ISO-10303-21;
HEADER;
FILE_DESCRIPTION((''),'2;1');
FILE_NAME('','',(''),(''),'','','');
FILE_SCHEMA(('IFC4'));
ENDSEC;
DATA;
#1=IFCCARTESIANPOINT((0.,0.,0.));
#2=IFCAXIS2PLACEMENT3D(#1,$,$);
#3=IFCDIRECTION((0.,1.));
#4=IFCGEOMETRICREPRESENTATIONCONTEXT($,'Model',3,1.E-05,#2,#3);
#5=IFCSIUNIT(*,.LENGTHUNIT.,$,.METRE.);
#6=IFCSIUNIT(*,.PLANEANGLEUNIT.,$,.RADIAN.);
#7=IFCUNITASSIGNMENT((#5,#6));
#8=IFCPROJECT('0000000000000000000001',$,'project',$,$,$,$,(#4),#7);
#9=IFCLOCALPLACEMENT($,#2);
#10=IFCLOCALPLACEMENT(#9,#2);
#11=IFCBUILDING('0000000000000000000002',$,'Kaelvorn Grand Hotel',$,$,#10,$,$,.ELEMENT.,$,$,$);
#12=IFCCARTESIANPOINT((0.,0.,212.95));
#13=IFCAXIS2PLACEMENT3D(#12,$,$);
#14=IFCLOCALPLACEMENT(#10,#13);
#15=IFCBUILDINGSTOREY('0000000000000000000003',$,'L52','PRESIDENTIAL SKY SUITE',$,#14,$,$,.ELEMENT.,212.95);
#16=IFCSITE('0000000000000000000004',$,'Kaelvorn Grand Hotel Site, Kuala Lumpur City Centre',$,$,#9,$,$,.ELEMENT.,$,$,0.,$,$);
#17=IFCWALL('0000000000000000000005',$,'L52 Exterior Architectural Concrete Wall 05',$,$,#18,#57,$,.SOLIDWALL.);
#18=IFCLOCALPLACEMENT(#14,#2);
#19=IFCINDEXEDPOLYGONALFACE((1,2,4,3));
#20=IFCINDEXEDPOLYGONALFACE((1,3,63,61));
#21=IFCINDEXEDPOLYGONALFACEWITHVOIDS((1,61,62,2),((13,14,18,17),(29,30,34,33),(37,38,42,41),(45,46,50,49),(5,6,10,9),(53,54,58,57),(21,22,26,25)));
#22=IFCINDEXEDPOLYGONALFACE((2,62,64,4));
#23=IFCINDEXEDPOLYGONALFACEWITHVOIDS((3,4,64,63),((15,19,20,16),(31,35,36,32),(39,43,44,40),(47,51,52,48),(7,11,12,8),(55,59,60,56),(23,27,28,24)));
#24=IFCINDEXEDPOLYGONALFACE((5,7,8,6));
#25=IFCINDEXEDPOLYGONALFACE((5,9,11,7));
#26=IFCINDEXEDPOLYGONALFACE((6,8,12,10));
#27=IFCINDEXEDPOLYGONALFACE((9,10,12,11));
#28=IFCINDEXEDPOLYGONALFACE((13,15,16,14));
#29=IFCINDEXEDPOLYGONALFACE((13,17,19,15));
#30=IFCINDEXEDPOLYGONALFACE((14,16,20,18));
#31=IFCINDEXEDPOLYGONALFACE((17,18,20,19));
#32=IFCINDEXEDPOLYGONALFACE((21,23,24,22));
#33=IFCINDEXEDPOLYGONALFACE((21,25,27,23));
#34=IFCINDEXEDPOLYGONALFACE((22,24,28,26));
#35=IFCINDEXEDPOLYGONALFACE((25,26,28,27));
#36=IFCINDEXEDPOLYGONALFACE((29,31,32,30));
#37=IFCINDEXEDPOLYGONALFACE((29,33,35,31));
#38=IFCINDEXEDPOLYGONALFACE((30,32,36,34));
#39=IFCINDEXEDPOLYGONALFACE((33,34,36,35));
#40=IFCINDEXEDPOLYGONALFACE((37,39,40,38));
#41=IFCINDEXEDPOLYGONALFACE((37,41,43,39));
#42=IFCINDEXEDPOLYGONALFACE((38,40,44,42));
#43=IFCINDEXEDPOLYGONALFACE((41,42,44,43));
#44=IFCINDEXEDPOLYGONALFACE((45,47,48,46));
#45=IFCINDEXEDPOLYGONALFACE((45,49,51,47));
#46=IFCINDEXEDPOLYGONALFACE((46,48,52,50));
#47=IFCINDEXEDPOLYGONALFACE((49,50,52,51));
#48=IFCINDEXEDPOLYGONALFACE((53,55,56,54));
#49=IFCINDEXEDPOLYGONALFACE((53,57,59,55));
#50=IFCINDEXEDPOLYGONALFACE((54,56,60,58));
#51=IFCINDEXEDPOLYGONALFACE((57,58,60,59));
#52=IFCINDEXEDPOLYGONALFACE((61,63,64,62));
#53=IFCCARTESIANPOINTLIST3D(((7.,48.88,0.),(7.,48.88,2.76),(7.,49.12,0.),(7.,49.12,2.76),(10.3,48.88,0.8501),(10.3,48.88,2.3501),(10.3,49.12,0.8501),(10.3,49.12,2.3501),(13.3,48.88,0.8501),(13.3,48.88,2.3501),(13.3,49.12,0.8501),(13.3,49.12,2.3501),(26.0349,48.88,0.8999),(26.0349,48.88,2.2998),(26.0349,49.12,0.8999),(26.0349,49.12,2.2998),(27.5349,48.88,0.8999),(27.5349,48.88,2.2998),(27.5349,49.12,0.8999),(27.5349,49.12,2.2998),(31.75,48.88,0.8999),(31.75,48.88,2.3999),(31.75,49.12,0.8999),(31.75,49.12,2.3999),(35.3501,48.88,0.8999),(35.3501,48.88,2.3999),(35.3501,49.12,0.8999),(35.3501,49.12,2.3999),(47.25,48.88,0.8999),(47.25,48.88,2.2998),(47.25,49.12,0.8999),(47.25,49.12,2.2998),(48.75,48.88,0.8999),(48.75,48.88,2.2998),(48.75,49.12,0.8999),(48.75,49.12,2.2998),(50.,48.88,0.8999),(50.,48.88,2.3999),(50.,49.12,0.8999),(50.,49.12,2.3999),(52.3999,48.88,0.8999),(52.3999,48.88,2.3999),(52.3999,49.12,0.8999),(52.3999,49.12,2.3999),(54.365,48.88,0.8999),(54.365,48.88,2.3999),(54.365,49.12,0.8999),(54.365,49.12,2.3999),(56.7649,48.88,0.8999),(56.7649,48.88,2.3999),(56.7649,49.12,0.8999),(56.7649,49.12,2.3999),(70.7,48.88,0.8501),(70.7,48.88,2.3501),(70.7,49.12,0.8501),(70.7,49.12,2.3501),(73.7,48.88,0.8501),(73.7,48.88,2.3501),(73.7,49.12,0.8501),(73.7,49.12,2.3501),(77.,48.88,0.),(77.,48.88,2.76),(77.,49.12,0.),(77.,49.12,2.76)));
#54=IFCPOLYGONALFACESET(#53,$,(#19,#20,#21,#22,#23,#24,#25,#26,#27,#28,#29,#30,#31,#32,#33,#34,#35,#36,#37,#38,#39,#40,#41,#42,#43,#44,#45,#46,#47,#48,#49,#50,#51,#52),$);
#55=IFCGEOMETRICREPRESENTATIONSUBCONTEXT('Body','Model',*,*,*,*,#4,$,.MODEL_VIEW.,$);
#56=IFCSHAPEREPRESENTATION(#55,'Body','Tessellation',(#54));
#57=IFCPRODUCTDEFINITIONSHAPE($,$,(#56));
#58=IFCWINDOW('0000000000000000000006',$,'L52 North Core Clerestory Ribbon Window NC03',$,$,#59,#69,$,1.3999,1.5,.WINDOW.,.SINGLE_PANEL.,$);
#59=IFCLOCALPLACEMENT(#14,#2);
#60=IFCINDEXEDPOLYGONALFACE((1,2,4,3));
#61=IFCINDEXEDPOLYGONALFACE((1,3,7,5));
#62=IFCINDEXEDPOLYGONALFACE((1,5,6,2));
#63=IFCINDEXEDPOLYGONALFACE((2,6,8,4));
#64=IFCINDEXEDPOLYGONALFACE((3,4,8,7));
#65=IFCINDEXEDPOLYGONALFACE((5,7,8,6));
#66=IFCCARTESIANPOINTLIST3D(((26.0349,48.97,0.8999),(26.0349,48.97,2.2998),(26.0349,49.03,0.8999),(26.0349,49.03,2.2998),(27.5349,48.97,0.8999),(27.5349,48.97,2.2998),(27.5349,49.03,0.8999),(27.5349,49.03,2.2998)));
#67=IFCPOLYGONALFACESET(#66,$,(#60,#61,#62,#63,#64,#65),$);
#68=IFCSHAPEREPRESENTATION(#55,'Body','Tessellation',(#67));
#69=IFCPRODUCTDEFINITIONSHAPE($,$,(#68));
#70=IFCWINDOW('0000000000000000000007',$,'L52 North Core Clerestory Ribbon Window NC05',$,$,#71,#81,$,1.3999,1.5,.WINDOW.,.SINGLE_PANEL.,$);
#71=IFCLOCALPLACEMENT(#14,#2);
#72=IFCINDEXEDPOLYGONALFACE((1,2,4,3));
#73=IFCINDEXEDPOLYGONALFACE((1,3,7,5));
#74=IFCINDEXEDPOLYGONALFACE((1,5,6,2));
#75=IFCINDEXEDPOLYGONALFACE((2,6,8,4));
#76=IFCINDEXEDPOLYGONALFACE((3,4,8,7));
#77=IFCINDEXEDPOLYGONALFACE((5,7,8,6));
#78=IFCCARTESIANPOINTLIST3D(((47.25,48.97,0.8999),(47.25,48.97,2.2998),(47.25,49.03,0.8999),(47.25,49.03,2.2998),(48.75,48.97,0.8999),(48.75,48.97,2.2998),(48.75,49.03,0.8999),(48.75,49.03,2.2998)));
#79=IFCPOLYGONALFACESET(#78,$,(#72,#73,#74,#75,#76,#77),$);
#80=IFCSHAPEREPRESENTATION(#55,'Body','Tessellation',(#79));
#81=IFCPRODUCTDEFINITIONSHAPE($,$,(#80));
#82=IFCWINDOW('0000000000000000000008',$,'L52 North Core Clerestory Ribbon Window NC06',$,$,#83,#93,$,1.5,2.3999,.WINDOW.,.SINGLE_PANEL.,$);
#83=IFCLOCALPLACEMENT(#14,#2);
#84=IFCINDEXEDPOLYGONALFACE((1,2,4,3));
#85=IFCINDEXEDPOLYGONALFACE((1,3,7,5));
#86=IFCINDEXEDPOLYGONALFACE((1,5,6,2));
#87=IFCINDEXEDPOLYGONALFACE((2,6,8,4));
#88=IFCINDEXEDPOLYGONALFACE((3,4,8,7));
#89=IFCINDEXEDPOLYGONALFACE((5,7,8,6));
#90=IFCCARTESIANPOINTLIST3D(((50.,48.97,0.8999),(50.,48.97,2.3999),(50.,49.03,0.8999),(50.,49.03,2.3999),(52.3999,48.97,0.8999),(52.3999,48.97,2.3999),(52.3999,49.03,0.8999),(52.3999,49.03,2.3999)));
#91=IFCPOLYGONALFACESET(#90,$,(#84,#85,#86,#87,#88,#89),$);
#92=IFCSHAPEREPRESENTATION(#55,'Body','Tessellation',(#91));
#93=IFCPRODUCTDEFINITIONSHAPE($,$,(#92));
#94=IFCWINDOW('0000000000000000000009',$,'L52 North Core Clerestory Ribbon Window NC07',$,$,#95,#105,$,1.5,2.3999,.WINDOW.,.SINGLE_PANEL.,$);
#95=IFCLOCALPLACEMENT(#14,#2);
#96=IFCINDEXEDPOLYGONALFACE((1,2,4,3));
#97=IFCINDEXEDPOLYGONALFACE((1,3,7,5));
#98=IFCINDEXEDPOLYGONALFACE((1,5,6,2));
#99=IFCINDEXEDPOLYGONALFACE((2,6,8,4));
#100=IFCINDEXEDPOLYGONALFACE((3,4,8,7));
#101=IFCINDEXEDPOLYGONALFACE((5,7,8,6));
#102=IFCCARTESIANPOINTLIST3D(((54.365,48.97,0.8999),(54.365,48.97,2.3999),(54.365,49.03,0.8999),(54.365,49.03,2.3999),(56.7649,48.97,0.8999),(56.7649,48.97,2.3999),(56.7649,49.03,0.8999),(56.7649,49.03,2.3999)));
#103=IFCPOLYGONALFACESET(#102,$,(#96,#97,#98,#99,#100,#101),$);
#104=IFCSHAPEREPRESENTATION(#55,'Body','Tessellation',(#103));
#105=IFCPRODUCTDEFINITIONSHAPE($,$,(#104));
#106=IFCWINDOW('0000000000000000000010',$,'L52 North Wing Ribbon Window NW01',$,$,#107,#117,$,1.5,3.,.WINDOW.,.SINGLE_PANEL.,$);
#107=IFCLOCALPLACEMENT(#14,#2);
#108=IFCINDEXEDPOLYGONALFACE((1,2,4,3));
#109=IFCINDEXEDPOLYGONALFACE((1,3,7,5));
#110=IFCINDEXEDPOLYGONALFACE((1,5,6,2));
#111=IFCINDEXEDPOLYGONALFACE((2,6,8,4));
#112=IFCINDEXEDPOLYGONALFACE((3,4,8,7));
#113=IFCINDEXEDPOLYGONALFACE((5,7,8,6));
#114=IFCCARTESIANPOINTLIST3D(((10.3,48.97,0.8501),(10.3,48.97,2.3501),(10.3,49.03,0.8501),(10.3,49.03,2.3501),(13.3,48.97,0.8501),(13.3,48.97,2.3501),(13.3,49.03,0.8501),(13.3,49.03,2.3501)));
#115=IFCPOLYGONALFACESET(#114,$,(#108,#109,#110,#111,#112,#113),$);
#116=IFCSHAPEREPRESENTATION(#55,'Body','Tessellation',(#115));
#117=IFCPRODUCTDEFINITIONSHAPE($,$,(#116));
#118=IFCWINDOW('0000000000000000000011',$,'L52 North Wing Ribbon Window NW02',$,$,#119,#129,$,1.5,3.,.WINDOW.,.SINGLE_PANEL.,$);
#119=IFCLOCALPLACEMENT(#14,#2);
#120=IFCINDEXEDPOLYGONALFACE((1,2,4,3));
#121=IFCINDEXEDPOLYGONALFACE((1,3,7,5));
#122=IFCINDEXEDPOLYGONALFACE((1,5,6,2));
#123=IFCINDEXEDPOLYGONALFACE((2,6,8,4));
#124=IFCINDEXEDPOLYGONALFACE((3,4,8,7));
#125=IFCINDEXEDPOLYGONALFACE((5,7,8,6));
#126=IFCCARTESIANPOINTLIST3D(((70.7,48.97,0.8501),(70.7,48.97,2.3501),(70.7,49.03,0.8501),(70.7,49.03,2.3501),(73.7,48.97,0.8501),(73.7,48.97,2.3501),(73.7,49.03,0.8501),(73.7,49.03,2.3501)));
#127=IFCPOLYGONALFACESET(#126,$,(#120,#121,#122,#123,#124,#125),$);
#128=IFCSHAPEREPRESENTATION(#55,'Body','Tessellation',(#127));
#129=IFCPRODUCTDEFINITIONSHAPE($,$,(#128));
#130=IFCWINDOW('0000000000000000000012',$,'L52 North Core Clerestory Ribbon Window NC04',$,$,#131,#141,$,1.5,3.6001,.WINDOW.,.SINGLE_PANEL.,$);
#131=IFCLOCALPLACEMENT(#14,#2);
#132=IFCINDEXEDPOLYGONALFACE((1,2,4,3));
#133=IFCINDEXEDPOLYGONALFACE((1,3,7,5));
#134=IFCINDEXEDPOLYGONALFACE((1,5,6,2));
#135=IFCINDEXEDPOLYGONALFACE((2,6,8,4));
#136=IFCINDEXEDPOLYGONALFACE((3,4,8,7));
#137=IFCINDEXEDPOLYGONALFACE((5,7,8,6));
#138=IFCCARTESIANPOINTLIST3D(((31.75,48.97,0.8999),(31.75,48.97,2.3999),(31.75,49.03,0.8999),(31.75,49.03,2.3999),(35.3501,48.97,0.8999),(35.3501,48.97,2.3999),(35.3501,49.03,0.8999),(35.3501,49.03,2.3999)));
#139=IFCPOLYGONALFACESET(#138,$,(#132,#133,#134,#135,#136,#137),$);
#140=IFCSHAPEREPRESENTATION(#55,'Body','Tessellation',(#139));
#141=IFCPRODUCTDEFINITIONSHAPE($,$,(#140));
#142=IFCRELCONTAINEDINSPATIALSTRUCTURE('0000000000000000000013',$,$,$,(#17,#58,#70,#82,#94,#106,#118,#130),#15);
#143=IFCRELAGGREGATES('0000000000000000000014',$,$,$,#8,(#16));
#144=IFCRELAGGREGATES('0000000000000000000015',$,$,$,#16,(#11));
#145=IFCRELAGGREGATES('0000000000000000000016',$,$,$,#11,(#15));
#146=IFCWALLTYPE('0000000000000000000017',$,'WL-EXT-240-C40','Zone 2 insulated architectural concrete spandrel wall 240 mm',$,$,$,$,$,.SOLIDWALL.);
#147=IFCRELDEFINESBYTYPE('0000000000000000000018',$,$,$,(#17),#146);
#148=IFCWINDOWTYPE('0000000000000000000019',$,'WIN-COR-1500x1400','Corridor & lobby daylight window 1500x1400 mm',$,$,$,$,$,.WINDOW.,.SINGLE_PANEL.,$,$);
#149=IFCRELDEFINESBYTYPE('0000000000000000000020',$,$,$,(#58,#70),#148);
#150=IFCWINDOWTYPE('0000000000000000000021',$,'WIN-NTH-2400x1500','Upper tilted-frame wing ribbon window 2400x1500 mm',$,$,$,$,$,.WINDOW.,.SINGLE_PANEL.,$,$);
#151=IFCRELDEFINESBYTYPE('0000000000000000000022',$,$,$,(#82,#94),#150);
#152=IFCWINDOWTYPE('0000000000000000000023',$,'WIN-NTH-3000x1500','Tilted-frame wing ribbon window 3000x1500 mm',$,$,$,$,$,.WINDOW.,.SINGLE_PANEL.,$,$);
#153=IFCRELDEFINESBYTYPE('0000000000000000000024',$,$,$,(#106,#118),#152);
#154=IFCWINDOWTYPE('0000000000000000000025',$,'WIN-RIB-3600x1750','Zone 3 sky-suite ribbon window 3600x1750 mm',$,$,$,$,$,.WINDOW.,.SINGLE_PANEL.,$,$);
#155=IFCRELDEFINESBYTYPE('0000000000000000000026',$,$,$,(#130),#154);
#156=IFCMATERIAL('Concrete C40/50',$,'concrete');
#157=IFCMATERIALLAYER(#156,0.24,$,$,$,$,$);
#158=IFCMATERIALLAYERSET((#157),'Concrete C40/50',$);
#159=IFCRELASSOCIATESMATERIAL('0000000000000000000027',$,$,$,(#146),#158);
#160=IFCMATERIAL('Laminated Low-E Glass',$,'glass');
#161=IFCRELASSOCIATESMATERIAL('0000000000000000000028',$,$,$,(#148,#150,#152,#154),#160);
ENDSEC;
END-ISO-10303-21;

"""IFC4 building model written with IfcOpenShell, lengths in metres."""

from ifc_helpers import new_model, si_unit, direction, frame, frame_2d, origin, place, context, subcontext, project, spatial, rectangle, extrude, material, layer, layer_set, type_object, element, fill, save


model = new_model("IFC4")

# Units and contexts
model_context = context("Model", 3, precision=1e-05, world=origin(), true_north=direction((0.0, 1.0)))
body_context = subcontext(model_context, "Body", "Model", "MODEL_VIEW")
ifc_project = project(units=[si_unit("LENGTHUNIT", "METRE"), si_unit("PLANEANGLEUNIT", "RADIAN")], contexts=[model_context])

# Site, building, storey
site_placement = place(None, origin())
site = spatial("IfcSite", under=ifc_project, at=site_placement, Name="Kaelvorn Grand Hotel Site, Kuala Lumpur City Centre", CompositionType="ELEMENT", RefElevation=0.0)
building_placement = place(site_placement, origin())
building = spatial("IfcBuilding", under=site, at=building_placement, Name="Kaelvorn Grand Hotel", CompositionType="ELEMENT")
storey_placement = place(building_placement, frame((0.0, 0.0, 212.95)))
storey = spatial("IfcBuildingStorey", under=building, at=storey_placement, Name="L52", Description="PRESIDENTIAL SKY SUITE", CompositionType="ELEMENT", Elevation=212.95)

# Shared definitions
ifc_material_1 = material(Name="Concrete C40/50", Category="concrete")
ifc_layer_1 = layer(ifc_material_1, 0.24)
ifc_layer_set_1 = layer_set([ifc_layer_1], Name="Concrete C40/50")
wall_type = type_object("IfcWallType", Name="WL-EXT-240-C40", Description="Zone 2 insulated architectural concrete spandrel wall 240 mm", PredefinedType="SOLIDWALL", material=ifc_layer_set_1)
ifc_material_2 = material(Name="Laminated Low-E Glass", Category="glass")

# Wall, openings, windows
wall_1_placement = place(storey_placement, frame((77.0, 49.0, 0.0), z_axis=(0.0, 0.0, 1.0), x_axis=(-1.0, 0.0, 0.0)))
wall_1 = element("IfcWall", 1, at=wall_1_placement, inside=storey, type_object=wall_type, Name="L52 Exterior Architectural Concrete Wall 05", PredefinedType="SOLIDWALL", context=body_context, shape_type="SweptSolid", body=[
    extrude(rectangle(XDim=70.0, YDim=0.24, at=frame_2d((35.0, 0.0))), origin(), (0.0, 0.0, 1.0), 2.76),
])
opening_1_placement = place(wall_1_placement, frame((63.7, 0.0, 0.8501)))
opening_1 = element("IfcOpeningElement", 2, at=opening_1_placement, cuts=wall_1, PredefinedType="OPENING", context=body_context, shape_type="SweptSolid", body=[
    extrude(rectangle(XDim=3.0, YDim=1.5, at=frame_2d((1.5, 0.75))), frame((0.0, 0.1299, 0.0), z_axis=(0.0, -1.0, 0.0), x_axis=(1.0, 0.0, 0.0)), (0.0, 0.0, 1.0), 0.26),
])
opening_2_placement = place(wall_1_placement, frame((3.3, 0.0, 0.8501)))
opening_2 = element("IfcOpeningElement", 3, at=opening_2_placement, cuts=wall_1, PredefinedType="OPENING", context=body_context, shape_type="SweptSolid", body=[
    extrude(rectangle(XDim=3.0, YDim=1.5, at=frame_2d((1.5, 0.75))), frame((0.0, 0.1299, 0.0), z_axis=(0.0, -1.0, 0.0), x_axis=(1.0, 0.0, 0.0)), (0.0, 0.0, 1.0), 0.26),
])
opening_3_placement = place(wall_1_placement, frame((49.4651, 0.0, 0.8999)))
opening_3 = element("IfcOpeningElement", 4, at=opening_3_placement, cuts=wall_1, PredefinedType="OPENING", context=body_context, shape_type="SweptSolid", body=[
    extrude(rectangle(XDim=1.5, YDim=1.3999, at=frame_2d((0.75, 0.7))), frame((0.0, 0.1299, 0.0), z_axis=(0.0, -1.0, 0.0), x_axis=(1.0, 0.0, 0.0)), (0.0, 0.0, 1.0), 0.26),
])
opening_4_placement = place(wall_1_placement, frame((41.6499, 0.0, 0.8999)))
opening_4 = element("IfcOpeningElement", 5, at=opening_4_placement, cuts=wall_1, PredefinedType="OPENING", context=body_context, shape_type="SweptSolid", body=[
    extrude(rectangle(XDim=3.6001, YDim=1.5, at=frame_2d((1.8, 0.75))), frame((0.0, 0.1299, 0.0), z_axis=(0.0, -1.0, 0.0), x_axis=(1.0, 0.0, 0.0)), (0.0, 0.0, 1.0), 0.26),
])
opening_5_placement = place(wall_1_placement, frame((28.25, 0.0, 0.8999)))
opening_5 = element("IfcOpeningElement", 6, at=opening_5_placement, cuts=wall_1, PredefinedType="OPENING", context=body_context, shape_type="SweptSolid", body=[
    extrude(rectangle(XDim=1.5, YDim=1.3999, at=frame_2d((0.75, 0.7))), frame((0.0, 0.1299, 0.0), z_axis=(0.0, -1.0, 0.0), x_axis=(1.0, 0.0, 0.0)), (0.0, 0.0, 1.0), 0.26),
])
opening_6_placement = place(wall_1_placement, frame((24.6001, 0.0, 0.8999)))
opening_6 = element("IfcOpeningElement", 7, at=opening_6_placement, cuts=wall_1, PredefinedType="OPENING", context=body_context, shape_type="SweptSolid", body=[
    extrude(rectangle(XDim=2.3999, YDim=1.5, at=frame_2d((1.2, 0.75))), frame((0.0, 0.1299, 0.0), z_axis=(0.0, -1.0, 0.0), x_axis=(1.0, 0.0, 0.0)), (0.0, 0.0, 1.0), 0.26),
])
opening_7_placement = place(wall_1_placement, frame((20.2351, 0.0, 0.8999)))
opening_7 = element("IfcOpeningElement", 8, at=opening_7_placement, cuts=wall_1, PredefinedType="OPENING", context=body_context, shape_type="SweptSolid", body=[
    extrude(rectangle(XDim=2.3999, YDim=1.5, at=frame_2d((1.2, 0.75))), frame((0.0, 0.1299, 0.0), z_axis=(0.0, -1.0, 0.0), x_axis=(1.0, 0.0, 0.0)), (0.0, 0.0, 1.0), 0.26),
])
window_type_1 = type_object("IfcWindowType", Name="WIN-COR-1500x1400", Description="Corridor & lobby daylight window 1500x1400 mm", PartitioningType="SINGLE_PANEL", PredefinedType="WINDOW", material=ifc_material_2)
window_1_placement = place(opening_3_placement, origin())
window_1 = element("IfcWindow", 9, at=window_1_placement, inside=storey, type_object=window_type_1, Name="L52 North Core Clerestory Ribbon Window NC03", OverallHeight=1.3999, OverallWidth=1.5, PartitioningType="SINGLE_PANEL", PredefinedType="WINDOW", context=body_context, shape_type="SweptSolid", body=[
    extrude(rectangle(XDim=1.5, YDim=1.3999, at=frame_2d((0.75, 0.7))), frame((0.0, 0.03, 0.0), z_axis=(0.0, -1.0, 0.0), x_axis=(1.0, 0.0, 0.0)), (0.0, 0.0, 1.0), 0.0601),
])
fill(opening_3, window_1)
window_2_placement = place(opening_5_placement, origin())
window_2 = element("IfcWindow", 10, at=window_2_placement, inside=storey, type_object=window_type_1, Name="L52 North Core Clerestory Ribbon Window NC05", OverallHeight=1.3999, OverallWidth=1.5, PartitioningType="SINGLE_PANEL", PredefinedType="WINDOW", context=body_context, shape_type="SweptSolid", body=[
    extrude(rectangle(XDim=1.5, YDim=1.3999, at=frame_2d((0.75, 0.7))), frame((0.0, 0.03, 0.0), z_axis=(0.0, -1.0, 0.0), x_axis=(1.0, 0.0, 0.0)), (0.0, 0.0, 1.0), 0.0601),
])
fill(opening_5, window_2)
window_type_2 = type_object("IfcWindowType", Name="WIN-NTH-2400x1500", Description="Upper tilted-frame wing ribbon window 2400x1500 mm", PartitioningType="SINGLE_PANEL", PredefinedType="WINDOW", material=ifc_material_2)
window_3_placement = place(opening_6_placement, origin())
window_3 = element("IfcWindow", 11, at=window_3_placement, inside=storey, type_object=window_type_2, Name="L52 North Core Clerestory Ribbon Window NC06", OverallHeight=1.5, OverallWidth=2.3999, PartitioningType="SINGLE_PANEL", PredefinedType="WINDOW", context=body_context, shape_type="SweptSolid", body=[
    extrude(rectangle(XDim=2.3999, YDim=1.5, at=frame_2d((1.2, 0.75))), frame((0.0, 0.03, 0.0), z_axis=(0.0, -1.0, 0.0), x_axis=(1.0, 0.0, 0.0)), (0.0, 0.0, 1.0), 0.0601),
])
fill(opening_6, window_3)
window_4_placement = place(opening_7_placement, origin())
window_4 = element("IfcWindow", 12, at=window_4_placement, inside=storey, type_object=window_type_2, Name="L52 North Core Clerestory Ribbon Window NC07", OverallHeight=1.5, OverallWidth=2.3999, PartitioningType="SINGLE_PANEL", PredefinedType="WINDOW", context=body_context, shape_type="SweptSolid", body=[
    extrude(rectangle(XDim=2.3999, YDim=1.5, at=frame_2d((1.2, 0.75))), frame((0.0, 0.03, 0.0), z_axis=(0.0, -1.0, 0.0), x_axis=(1.0, 0.0, 0.0)), (0.0, 0.0, 1.0), 0.0601),
])
fill(opening_7, window_4)
window_type_3 = type_object("IfcWindowType", Name="WIN-NTH-3000x1500", Description="Tilted-frame wing ribbon window 3000x1500 mm", PartitioningType="SINGLE_PANEL", PredefinedType="WINDOW", material=ifc_material_2)
window_5_placement = place(opening_1_placement, origin())
window_5 = element("IfcWindow", 13, at=window_5_placement, inside=storey, type_object=window_type_3, Name="L52 North Wing Ribbon Window NW01", OverallHeight=1.5, OverallWidth=3.0, PartitioningType="SINGLE_PANEL", PredefinedType="WINDOW", context=body_context, shape_type="SweptSolid", body=[
    extrude(rectangle(XDim=3.0, YDim=1.5, at=frame_2d((1.5, 0.75))), frame((0.0, 0.03, 0.0), z_axis=(0.0, -1.0, 0.0), x_axis=(1.0, 0.0, 0.0)), (0.0, 0.0, 1.0), 0.0601),
])
fill(opening_1, window_5)
window_6_placement = place(opening_2_placement, origin())
window_6 = element("IfcWindow", 14, at=window_6_placement, inside=storey, type_object=window_type_3, Name="L52 North Wing Ribbon Window NW02", OverallHeight=1.5, OverallWidth=3.0, PartitioningType="SINGLE_PANEL", PredefinedType="WINDOW", context=body_context, shape_type="SweptSolid", body=[
    extrude(rectangle(XDim=3.0, YDim=1.5, at=frame_2d((1.5, 0.75))), frame((0.0, 0.03, 0.0), z_axis=(0.0, -1.0, 0.0), x_axis=(1.0, 0.0, 0.0)), (0.0, 0.0, 1.0), 0.0601),
])
fill(opening_2, window_6)
window_type_4 = type_object("IfcWindowType", Name="WIN-RIB-3600x1750", Description="Zone 3 sky-suite ribbon window 3600x1750 mm", PartitioningType="SINGLE_PANEL", PredefinedType="WINDOW", material=ifc_material_2)
window_7_placement = place(opening_4_placement, origin())
window_7 = element("IfcWindow", 15, at=window_7_placement, inside=storey, type_object=window_type_4, Name="L52 North Core Clerestory Ribbon Window NC04", OverallHeight=1.5, OverallWidth=3.6001, PartitioningType="SINGLE_PANEL", PredefinedType="WINDOW", context=body_context, shape_type="SweptSolid", body=[
    extrude(rectangle(XDim=3.6001, YDim=1.5, at=frame_2d((1.8, 0.75))), frame((0.0, 0.03, 0.0), z_axis=(0.0, -1.0, 0.0), x_axis=(1.0, 0.0, 0.0)), (0.0, 0.0, 1.0), 0.0601),
])
fill(opening_4, window_7)

save(model, "model.ifc")
